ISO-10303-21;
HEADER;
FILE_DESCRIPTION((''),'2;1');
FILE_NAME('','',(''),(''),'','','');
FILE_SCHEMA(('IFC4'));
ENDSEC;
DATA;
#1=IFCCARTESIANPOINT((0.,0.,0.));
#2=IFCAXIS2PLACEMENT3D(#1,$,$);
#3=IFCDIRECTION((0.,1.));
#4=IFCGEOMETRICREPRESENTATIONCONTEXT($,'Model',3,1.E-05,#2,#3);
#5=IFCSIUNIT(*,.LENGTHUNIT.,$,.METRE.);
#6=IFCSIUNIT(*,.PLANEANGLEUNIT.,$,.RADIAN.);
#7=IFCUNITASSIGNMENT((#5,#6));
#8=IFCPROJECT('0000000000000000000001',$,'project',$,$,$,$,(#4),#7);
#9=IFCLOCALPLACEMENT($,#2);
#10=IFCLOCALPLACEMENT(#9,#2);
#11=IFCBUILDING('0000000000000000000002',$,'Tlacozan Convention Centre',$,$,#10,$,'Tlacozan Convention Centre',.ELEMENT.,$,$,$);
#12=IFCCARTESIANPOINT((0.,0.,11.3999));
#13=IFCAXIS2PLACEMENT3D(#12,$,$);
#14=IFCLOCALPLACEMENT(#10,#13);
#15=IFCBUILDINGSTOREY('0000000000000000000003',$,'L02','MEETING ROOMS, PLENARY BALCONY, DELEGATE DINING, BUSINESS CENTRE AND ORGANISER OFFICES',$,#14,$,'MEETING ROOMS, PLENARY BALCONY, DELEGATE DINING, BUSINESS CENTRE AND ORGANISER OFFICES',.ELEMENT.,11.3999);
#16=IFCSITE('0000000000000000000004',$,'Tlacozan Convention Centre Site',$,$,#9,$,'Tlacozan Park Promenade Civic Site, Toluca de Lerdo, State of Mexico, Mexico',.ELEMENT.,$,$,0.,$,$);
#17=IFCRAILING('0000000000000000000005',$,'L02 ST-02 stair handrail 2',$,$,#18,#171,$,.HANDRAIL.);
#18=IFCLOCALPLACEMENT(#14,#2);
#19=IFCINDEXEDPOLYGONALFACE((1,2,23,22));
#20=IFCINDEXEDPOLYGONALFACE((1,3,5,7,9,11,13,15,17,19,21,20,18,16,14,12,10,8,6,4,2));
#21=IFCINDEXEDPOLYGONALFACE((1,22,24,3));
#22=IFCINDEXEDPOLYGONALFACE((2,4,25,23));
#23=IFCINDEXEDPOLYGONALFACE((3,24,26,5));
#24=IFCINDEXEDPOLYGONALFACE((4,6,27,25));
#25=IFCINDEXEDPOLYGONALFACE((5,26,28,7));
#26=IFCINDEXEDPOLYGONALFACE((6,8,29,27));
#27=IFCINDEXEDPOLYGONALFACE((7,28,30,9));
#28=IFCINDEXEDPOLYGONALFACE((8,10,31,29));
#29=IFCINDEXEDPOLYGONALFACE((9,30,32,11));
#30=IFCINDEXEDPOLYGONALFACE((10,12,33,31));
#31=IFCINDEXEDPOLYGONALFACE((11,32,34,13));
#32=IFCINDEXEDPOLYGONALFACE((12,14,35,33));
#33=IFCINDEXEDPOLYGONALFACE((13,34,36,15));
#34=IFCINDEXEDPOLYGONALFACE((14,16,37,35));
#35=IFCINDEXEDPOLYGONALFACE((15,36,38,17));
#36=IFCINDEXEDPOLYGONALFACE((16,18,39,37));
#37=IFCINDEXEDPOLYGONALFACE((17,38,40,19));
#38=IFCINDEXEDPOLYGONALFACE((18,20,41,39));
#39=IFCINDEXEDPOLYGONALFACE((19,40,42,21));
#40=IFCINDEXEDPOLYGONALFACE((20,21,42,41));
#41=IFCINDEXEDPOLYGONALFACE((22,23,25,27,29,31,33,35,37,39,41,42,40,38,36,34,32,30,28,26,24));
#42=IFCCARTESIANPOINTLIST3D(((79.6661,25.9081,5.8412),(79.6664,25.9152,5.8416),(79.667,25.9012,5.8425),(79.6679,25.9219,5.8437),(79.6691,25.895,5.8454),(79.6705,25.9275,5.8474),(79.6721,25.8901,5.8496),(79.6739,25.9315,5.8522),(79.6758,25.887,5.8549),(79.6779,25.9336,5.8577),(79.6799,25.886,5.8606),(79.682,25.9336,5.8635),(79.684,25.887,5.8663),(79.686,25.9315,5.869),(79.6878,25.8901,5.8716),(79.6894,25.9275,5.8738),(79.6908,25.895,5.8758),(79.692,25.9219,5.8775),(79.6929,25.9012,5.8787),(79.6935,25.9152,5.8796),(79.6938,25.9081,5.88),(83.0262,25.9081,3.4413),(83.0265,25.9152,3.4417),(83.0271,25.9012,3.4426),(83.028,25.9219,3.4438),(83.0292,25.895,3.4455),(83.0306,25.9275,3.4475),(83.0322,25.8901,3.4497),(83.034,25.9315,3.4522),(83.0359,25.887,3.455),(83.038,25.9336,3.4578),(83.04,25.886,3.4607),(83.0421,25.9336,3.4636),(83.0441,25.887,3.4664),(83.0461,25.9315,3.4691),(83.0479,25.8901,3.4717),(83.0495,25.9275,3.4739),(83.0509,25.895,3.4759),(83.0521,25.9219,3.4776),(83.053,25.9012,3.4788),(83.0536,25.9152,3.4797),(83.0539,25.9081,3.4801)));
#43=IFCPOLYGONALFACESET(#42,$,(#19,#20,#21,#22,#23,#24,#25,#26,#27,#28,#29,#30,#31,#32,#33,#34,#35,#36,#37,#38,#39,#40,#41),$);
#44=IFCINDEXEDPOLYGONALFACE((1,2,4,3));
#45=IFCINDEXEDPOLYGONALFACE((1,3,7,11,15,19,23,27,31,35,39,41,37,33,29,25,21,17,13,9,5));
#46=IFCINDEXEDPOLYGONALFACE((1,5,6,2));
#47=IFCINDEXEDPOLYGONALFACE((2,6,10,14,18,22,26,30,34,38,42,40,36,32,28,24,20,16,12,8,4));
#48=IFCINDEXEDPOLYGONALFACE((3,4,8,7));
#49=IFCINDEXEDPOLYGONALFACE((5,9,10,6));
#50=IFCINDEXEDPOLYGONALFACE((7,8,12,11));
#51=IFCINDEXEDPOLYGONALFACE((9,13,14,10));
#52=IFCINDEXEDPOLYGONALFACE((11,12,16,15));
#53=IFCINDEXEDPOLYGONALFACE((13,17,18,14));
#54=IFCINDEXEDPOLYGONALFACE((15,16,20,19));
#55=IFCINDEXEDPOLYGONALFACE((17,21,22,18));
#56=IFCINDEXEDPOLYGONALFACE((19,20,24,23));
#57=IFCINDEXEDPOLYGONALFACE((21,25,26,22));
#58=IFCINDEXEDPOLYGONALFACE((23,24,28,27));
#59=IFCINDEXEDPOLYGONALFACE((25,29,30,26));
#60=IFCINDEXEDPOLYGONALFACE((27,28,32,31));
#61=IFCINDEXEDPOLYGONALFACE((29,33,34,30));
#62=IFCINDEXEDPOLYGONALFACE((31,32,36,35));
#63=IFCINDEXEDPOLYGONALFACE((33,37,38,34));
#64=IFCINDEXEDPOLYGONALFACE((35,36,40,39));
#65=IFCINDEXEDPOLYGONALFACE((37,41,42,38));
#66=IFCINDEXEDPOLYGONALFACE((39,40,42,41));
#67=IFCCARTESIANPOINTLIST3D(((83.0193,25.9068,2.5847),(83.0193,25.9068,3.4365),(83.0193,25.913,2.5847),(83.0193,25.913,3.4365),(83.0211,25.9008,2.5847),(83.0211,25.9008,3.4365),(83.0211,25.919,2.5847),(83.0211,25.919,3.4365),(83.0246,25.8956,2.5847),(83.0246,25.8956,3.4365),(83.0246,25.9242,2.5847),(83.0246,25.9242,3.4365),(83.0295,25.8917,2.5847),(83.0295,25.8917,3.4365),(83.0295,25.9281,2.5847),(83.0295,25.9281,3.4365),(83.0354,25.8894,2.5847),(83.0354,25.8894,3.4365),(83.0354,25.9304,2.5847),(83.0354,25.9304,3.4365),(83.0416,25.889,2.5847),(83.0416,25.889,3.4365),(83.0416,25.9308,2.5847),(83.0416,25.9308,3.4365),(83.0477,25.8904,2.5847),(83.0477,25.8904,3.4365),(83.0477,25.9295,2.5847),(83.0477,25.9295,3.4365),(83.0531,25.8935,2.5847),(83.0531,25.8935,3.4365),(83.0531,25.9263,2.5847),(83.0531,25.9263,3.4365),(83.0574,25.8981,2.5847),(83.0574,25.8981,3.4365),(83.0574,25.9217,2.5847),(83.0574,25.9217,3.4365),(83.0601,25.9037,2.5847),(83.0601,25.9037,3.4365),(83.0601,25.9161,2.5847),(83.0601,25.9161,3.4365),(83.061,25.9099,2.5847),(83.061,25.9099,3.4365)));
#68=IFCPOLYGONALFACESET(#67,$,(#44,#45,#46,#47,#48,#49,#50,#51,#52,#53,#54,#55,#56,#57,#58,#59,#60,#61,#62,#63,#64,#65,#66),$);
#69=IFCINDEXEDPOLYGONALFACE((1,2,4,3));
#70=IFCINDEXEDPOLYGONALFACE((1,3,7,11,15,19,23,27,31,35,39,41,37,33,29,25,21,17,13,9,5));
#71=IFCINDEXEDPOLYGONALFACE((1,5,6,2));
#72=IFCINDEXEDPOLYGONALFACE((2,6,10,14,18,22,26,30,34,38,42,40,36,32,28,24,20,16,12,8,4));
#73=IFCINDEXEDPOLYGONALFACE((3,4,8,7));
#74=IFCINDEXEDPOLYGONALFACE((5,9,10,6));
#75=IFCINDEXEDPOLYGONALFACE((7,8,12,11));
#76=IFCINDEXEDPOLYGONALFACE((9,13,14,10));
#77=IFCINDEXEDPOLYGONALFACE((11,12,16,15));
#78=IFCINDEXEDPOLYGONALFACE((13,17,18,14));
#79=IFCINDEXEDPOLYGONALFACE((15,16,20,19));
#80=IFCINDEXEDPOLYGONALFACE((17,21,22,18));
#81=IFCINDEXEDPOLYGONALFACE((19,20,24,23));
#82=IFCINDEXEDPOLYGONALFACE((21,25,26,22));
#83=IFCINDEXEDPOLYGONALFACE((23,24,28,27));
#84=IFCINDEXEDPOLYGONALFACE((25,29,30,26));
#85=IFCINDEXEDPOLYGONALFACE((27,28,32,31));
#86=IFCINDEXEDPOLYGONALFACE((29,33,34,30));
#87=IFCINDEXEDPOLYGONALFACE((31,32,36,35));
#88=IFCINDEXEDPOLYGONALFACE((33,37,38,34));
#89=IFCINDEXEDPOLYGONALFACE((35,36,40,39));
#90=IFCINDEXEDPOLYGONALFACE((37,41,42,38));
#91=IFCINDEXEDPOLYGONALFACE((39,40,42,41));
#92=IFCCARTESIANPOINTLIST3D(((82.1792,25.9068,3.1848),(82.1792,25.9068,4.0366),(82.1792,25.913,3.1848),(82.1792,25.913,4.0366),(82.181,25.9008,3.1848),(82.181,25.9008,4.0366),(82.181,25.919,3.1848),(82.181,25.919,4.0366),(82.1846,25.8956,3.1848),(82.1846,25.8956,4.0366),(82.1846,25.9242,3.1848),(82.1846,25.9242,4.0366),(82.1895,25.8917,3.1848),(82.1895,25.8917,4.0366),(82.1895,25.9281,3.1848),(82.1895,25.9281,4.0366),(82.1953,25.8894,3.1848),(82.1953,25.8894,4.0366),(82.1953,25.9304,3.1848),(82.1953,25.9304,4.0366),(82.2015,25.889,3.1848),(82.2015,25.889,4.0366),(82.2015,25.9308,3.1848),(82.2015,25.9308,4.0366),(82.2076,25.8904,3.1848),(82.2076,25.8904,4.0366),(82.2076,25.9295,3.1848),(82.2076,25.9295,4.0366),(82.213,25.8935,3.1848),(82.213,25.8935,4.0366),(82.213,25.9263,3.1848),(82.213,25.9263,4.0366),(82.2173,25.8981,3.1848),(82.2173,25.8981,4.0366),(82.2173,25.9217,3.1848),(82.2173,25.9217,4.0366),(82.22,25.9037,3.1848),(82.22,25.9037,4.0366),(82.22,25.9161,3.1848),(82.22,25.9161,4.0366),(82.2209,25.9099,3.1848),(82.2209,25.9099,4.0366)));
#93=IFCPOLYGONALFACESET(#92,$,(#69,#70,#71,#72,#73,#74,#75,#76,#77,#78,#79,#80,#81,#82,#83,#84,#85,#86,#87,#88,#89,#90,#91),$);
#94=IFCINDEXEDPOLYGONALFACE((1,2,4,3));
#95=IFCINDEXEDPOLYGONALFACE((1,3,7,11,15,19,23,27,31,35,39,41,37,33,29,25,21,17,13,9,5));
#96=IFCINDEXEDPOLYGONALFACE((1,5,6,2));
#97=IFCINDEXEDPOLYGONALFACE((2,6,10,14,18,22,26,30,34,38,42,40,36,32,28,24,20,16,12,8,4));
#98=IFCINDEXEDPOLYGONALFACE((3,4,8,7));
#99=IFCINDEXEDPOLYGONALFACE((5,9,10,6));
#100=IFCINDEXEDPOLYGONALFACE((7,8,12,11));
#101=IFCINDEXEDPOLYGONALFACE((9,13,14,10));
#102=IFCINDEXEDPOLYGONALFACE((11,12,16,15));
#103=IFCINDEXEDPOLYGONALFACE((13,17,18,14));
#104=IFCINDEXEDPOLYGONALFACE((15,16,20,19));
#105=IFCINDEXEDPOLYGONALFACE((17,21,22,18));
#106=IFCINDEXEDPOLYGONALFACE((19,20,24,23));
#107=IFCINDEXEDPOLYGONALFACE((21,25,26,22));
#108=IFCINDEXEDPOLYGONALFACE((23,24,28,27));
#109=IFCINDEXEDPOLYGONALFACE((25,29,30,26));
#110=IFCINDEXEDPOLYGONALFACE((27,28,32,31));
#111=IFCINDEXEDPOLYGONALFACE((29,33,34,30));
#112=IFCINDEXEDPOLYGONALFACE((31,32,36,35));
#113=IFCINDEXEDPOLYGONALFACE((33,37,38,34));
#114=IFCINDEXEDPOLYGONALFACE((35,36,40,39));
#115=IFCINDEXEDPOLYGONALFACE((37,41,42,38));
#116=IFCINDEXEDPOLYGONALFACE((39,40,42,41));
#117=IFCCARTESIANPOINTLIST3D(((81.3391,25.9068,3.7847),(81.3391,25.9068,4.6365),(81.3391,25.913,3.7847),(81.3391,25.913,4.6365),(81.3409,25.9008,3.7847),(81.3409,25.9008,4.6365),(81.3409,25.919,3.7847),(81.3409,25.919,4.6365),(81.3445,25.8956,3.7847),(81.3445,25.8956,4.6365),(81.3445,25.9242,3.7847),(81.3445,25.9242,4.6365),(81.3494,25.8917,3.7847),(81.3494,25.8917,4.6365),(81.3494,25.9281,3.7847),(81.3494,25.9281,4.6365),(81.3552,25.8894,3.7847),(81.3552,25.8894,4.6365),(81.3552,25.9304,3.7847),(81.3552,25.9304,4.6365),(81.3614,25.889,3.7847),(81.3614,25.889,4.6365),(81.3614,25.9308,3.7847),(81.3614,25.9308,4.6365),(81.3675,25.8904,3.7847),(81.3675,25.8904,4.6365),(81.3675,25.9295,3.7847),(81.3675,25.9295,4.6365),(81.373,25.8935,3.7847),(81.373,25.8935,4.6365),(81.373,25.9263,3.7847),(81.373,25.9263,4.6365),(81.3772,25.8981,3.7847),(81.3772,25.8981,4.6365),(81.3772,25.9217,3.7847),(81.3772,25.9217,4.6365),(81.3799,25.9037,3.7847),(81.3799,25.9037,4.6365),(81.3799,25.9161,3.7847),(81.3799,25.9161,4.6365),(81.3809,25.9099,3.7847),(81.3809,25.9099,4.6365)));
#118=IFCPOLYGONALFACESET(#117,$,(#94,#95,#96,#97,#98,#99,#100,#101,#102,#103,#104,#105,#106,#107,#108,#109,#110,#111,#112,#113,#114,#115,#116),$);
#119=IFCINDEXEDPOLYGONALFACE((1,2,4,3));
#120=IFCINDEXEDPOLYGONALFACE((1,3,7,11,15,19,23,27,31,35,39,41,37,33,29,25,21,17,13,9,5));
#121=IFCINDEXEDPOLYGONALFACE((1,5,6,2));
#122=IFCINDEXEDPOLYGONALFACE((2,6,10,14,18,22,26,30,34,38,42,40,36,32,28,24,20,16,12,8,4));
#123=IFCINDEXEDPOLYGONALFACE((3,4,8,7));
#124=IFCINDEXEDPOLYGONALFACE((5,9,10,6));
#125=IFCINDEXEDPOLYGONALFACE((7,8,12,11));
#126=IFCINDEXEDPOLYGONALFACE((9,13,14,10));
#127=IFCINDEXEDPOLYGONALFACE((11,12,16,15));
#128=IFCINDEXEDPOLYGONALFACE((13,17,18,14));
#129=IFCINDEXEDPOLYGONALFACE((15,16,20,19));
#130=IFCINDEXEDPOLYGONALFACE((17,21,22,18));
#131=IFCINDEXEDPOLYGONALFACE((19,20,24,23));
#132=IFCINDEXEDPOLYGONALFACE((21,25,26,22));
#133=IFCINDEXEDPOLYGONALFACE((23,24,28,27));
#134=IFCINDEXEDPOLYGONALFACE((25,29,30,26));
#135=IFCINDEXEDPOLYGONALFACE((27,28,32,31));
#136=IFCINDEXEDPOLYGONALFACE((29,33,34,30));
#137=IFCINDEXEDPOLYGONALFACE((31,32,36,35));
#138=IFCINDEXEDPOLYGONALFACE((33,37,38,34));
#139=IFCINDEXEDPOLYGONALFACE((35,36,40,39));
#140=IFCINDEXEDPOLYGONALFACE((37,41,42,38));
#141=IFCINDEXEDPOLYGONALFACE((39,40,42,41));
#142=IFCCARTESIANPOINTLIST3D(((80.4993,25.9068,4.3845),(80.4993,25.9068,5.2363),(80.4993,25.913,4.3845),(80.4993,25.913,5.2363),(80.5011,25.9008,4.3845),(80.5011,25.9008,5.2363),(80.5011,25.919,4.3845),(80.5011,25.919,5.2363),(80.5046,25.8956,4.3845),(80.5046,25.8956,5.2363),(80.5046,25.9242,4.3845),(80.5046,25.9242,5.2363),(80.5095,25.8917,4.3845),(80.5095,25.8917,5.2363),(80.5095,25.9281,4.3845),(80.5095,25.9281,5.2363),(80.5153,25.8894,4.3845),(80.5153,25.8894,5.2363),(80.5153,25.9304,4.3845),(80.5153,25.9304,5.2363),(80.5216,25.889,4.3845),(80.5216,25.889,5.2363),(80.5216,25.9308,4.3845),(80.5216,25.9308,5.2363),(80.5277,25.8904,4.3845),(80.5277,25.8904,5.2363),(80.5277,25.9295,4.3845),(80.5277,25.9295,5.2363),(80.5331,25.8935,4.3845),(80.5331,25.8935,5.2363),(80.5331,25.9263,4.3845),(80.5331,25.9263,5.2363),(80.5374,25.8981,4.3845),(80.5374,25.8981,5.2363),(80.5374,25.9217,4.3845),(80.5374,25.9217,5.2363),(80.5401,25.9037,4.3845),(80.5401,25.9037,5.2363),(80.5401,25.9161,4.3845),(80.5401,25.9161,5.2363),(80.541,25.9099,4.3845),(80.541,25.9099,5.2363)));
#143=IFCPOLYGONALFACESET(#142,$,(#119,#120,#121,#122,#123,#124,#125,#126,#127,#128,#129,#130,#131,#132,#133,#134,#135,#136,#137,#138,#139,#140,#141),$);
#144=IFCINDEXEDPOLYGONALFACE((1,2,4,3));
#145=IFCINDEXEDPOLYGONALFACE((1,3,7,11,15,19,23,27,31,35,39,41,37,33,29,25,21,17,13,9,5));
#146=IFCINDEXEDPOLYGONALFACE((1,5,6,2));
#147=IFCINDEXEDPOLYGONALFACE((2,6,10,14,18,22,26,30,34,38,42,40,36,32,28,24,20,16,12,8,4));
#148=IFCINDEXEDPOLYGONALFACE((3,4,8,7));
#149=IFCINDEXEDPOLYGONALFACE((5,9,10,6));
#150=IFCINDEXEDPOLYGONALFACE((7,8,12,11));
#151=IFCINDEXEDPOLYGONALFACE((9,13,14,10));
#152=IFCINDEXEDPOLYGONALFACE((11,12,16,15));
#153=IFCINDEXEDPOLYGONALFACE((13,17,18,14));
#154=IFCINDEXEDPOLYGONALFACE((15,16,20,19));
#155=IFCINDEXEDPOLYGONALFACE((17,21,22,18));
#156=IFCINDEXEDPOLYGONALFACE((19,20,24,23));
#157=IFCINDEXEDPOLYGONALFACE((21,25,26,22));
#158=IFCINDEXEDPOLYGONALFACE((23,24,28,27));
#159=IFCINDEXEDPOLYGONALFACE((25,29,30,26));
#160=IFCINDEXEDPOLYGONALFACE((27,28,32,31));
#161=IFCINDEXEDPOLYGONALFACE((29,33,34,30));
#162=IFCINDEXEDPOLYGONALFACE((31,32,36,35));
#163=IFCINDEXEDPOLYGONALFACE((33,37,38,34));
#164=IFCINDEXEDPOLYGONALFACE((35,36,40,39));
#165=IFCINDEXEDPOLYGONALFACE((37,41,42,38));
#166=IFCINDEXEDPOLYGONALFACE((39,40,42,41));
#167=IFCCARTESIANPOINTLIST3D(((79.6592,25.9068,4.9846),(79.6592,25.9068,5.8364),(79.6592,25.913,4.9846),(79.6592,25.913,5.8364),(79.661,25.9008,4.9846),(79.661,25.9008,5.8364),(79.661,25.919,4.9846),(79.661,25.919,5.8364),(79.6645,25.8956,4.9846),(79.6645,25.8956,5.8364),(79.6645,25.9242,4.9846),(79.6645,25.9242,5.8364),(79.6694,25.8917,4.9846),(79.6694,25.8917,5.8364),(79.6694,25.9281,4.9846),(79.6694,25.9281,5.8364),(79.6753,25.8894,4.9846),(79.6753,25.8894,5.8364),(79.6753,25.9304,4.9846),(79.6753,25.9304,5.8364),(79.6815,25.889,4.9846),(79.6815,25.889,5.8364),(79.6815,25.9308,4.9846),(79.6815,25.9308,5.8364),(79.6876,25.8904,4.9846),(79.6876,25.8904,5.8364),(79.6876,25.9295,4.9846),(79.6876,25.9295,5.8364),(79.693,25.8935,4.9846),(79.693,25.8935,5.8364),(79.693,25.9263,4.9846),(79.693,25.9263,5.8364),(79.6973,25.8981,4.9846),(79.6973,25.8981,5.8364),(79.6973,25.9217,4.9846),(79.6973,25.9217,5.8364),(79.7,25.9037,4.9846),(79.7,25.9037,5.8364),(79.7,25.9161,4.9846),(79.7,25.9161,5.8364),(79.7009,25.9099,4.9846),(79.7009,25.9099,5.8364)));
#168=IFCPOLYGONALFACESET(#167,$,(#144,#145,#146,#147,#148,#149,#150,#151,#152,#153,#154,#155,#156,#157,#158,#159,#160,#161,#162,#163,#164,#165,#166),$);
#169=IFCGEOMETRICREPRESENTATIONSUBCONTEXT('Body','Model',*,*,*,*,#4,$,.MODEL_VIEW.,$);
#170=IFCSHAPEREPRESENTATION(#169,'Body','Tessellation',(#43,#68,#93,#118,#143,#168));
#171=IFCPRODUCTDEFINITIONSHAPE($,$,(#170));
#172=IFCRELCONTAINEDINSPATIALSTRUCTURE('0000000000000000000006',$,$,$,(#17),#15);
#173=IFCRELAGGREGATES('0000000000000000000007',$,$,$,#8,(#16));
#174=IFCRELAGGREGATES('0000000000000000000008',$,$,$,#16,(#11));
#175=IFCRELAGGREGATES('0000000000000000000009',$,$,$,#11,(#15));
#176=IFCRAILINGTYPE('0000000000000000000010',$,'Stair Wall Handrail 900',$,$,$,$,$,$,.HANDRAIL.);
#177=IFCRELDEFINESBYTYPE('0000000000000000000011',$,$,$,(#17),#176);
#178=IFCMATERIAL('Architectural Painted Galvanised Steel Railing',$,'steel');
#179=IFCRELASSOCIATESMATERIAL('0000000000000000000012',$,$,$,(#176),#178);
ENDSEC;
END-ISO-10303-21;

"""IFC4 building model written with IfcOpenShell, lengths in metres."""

from ifc_helpers import new_model, si_unit, direction, frame, origin, origin_2d, place, context, subcontext, project, spatial, circle, extrude, material, type_object, element, save


model = new_model("IFC4")

# Units and contexts
model_context = context("Model", 3, precision=1e-05, world=origin(), true_north=direction((0.0, 1.0)))
body_context = subcontext(model_context, "Body", "Model", "MODEL_VIEW")
ifc_project = project(units=[si_unit("LENGTHUNIT", "METRE"), si_unit("PLANEANGLEUNIT", "RADIAN")], contexts=[model_context])

# Site, building, storey
site_placement = place(None, origin())
site = spatial("IfcSite", under=ifc_project, at=site_placement, Name="Tlacozan Convention Centre Site", LongName="Tlacozan Park Promenade Civic Site, Toluca de Lerdo, State of Mexico, Mexico", CompositionType="ELEMENT", RefElevation=0.0)
building_placement = place(site_placement, origin())
building = spatial("IfcBuilding", under=site, at=building_placement, Name="Tlacozan Convention Centre", LongName="Tlacozan Convention Centre", CompositionType="ELEMENT")
storey_placement = place(building_placement, frame((0.0, 0.0, 11.3999)))
storey = spatial("IfcBuildingStorey", under=building, at=storey_placement, Name="L02", Description="MEETING ROOMS, PLENARY BALCONY, DELEGATE DINING, BUSINESS CENTRE AND ORGANISER OFFICES", LongName="MEETING ROOMS, PLENARY BALCONY, DELEGATE DINING, BUSINESS CENTRE AND ORGANISER OFFICES", CompositionType="ELEMENT", Elevation=11.3999)

# Railing
ifc_material_1 = material(Name="Architectural Painted Galvanised Steel Railing", Category="steel")
railing_type_1 = type_object("IfcRailingType", Name="Stair Wall Handrail 900", PredefinedType="HANDRAIL", material=ifc_material_1)
railing_1_placement = place(storey_placement, frame((83.04, 25.9099, 2.5847)))
element("IfcRailing", 1, at=railing_1_placement, inside=storey, type_object=railing_type_1, Name="L02 ST-02 stair handrail 2", PredefinedType="HANDRAIL", context=body_context, shape_type="SweptSolid", body=[
    extrude(circle(Radius=0.0239, at=origin_2d()), frame((0.0, 0.0, 0.876), z_axis=(-0.813753, 0.0, 0.58121), x_axis=(0.0, -1.0, 0.0)), (0.0, 0.0, 1.0), 4.1292),
    extrude(circle(Radius=0.021, at=origin_2d()), origin(), (0.0, 0.0, 1.0), 0.8518),
    extrude(circle(Radius=0.021, at=origin_2d()), frame((-0.8401, 0.0, 0.6001)), (0.0, 0.0, 1.0), 0.8518),
    extrude(circle(Radius=0.021, at=origin_2d()), frame((-1.6802, 0.0, 1.2)), (0.0, 0.0, 1.0), 0.8518),
    extrude(circle(Radius=0.021, at=origin_2d()), frame((-2.52, 0.0, 1.7998)), (0.0, 0.0, 1.0), 0.8518),
    extrude(circle(Radius=0.021, at=origin_2d()), frame((-3.3601, 0.0, 2.3999)), (0.0, 0.0, 1.0), 0.8518),
])

save(model, "model.ifc")
